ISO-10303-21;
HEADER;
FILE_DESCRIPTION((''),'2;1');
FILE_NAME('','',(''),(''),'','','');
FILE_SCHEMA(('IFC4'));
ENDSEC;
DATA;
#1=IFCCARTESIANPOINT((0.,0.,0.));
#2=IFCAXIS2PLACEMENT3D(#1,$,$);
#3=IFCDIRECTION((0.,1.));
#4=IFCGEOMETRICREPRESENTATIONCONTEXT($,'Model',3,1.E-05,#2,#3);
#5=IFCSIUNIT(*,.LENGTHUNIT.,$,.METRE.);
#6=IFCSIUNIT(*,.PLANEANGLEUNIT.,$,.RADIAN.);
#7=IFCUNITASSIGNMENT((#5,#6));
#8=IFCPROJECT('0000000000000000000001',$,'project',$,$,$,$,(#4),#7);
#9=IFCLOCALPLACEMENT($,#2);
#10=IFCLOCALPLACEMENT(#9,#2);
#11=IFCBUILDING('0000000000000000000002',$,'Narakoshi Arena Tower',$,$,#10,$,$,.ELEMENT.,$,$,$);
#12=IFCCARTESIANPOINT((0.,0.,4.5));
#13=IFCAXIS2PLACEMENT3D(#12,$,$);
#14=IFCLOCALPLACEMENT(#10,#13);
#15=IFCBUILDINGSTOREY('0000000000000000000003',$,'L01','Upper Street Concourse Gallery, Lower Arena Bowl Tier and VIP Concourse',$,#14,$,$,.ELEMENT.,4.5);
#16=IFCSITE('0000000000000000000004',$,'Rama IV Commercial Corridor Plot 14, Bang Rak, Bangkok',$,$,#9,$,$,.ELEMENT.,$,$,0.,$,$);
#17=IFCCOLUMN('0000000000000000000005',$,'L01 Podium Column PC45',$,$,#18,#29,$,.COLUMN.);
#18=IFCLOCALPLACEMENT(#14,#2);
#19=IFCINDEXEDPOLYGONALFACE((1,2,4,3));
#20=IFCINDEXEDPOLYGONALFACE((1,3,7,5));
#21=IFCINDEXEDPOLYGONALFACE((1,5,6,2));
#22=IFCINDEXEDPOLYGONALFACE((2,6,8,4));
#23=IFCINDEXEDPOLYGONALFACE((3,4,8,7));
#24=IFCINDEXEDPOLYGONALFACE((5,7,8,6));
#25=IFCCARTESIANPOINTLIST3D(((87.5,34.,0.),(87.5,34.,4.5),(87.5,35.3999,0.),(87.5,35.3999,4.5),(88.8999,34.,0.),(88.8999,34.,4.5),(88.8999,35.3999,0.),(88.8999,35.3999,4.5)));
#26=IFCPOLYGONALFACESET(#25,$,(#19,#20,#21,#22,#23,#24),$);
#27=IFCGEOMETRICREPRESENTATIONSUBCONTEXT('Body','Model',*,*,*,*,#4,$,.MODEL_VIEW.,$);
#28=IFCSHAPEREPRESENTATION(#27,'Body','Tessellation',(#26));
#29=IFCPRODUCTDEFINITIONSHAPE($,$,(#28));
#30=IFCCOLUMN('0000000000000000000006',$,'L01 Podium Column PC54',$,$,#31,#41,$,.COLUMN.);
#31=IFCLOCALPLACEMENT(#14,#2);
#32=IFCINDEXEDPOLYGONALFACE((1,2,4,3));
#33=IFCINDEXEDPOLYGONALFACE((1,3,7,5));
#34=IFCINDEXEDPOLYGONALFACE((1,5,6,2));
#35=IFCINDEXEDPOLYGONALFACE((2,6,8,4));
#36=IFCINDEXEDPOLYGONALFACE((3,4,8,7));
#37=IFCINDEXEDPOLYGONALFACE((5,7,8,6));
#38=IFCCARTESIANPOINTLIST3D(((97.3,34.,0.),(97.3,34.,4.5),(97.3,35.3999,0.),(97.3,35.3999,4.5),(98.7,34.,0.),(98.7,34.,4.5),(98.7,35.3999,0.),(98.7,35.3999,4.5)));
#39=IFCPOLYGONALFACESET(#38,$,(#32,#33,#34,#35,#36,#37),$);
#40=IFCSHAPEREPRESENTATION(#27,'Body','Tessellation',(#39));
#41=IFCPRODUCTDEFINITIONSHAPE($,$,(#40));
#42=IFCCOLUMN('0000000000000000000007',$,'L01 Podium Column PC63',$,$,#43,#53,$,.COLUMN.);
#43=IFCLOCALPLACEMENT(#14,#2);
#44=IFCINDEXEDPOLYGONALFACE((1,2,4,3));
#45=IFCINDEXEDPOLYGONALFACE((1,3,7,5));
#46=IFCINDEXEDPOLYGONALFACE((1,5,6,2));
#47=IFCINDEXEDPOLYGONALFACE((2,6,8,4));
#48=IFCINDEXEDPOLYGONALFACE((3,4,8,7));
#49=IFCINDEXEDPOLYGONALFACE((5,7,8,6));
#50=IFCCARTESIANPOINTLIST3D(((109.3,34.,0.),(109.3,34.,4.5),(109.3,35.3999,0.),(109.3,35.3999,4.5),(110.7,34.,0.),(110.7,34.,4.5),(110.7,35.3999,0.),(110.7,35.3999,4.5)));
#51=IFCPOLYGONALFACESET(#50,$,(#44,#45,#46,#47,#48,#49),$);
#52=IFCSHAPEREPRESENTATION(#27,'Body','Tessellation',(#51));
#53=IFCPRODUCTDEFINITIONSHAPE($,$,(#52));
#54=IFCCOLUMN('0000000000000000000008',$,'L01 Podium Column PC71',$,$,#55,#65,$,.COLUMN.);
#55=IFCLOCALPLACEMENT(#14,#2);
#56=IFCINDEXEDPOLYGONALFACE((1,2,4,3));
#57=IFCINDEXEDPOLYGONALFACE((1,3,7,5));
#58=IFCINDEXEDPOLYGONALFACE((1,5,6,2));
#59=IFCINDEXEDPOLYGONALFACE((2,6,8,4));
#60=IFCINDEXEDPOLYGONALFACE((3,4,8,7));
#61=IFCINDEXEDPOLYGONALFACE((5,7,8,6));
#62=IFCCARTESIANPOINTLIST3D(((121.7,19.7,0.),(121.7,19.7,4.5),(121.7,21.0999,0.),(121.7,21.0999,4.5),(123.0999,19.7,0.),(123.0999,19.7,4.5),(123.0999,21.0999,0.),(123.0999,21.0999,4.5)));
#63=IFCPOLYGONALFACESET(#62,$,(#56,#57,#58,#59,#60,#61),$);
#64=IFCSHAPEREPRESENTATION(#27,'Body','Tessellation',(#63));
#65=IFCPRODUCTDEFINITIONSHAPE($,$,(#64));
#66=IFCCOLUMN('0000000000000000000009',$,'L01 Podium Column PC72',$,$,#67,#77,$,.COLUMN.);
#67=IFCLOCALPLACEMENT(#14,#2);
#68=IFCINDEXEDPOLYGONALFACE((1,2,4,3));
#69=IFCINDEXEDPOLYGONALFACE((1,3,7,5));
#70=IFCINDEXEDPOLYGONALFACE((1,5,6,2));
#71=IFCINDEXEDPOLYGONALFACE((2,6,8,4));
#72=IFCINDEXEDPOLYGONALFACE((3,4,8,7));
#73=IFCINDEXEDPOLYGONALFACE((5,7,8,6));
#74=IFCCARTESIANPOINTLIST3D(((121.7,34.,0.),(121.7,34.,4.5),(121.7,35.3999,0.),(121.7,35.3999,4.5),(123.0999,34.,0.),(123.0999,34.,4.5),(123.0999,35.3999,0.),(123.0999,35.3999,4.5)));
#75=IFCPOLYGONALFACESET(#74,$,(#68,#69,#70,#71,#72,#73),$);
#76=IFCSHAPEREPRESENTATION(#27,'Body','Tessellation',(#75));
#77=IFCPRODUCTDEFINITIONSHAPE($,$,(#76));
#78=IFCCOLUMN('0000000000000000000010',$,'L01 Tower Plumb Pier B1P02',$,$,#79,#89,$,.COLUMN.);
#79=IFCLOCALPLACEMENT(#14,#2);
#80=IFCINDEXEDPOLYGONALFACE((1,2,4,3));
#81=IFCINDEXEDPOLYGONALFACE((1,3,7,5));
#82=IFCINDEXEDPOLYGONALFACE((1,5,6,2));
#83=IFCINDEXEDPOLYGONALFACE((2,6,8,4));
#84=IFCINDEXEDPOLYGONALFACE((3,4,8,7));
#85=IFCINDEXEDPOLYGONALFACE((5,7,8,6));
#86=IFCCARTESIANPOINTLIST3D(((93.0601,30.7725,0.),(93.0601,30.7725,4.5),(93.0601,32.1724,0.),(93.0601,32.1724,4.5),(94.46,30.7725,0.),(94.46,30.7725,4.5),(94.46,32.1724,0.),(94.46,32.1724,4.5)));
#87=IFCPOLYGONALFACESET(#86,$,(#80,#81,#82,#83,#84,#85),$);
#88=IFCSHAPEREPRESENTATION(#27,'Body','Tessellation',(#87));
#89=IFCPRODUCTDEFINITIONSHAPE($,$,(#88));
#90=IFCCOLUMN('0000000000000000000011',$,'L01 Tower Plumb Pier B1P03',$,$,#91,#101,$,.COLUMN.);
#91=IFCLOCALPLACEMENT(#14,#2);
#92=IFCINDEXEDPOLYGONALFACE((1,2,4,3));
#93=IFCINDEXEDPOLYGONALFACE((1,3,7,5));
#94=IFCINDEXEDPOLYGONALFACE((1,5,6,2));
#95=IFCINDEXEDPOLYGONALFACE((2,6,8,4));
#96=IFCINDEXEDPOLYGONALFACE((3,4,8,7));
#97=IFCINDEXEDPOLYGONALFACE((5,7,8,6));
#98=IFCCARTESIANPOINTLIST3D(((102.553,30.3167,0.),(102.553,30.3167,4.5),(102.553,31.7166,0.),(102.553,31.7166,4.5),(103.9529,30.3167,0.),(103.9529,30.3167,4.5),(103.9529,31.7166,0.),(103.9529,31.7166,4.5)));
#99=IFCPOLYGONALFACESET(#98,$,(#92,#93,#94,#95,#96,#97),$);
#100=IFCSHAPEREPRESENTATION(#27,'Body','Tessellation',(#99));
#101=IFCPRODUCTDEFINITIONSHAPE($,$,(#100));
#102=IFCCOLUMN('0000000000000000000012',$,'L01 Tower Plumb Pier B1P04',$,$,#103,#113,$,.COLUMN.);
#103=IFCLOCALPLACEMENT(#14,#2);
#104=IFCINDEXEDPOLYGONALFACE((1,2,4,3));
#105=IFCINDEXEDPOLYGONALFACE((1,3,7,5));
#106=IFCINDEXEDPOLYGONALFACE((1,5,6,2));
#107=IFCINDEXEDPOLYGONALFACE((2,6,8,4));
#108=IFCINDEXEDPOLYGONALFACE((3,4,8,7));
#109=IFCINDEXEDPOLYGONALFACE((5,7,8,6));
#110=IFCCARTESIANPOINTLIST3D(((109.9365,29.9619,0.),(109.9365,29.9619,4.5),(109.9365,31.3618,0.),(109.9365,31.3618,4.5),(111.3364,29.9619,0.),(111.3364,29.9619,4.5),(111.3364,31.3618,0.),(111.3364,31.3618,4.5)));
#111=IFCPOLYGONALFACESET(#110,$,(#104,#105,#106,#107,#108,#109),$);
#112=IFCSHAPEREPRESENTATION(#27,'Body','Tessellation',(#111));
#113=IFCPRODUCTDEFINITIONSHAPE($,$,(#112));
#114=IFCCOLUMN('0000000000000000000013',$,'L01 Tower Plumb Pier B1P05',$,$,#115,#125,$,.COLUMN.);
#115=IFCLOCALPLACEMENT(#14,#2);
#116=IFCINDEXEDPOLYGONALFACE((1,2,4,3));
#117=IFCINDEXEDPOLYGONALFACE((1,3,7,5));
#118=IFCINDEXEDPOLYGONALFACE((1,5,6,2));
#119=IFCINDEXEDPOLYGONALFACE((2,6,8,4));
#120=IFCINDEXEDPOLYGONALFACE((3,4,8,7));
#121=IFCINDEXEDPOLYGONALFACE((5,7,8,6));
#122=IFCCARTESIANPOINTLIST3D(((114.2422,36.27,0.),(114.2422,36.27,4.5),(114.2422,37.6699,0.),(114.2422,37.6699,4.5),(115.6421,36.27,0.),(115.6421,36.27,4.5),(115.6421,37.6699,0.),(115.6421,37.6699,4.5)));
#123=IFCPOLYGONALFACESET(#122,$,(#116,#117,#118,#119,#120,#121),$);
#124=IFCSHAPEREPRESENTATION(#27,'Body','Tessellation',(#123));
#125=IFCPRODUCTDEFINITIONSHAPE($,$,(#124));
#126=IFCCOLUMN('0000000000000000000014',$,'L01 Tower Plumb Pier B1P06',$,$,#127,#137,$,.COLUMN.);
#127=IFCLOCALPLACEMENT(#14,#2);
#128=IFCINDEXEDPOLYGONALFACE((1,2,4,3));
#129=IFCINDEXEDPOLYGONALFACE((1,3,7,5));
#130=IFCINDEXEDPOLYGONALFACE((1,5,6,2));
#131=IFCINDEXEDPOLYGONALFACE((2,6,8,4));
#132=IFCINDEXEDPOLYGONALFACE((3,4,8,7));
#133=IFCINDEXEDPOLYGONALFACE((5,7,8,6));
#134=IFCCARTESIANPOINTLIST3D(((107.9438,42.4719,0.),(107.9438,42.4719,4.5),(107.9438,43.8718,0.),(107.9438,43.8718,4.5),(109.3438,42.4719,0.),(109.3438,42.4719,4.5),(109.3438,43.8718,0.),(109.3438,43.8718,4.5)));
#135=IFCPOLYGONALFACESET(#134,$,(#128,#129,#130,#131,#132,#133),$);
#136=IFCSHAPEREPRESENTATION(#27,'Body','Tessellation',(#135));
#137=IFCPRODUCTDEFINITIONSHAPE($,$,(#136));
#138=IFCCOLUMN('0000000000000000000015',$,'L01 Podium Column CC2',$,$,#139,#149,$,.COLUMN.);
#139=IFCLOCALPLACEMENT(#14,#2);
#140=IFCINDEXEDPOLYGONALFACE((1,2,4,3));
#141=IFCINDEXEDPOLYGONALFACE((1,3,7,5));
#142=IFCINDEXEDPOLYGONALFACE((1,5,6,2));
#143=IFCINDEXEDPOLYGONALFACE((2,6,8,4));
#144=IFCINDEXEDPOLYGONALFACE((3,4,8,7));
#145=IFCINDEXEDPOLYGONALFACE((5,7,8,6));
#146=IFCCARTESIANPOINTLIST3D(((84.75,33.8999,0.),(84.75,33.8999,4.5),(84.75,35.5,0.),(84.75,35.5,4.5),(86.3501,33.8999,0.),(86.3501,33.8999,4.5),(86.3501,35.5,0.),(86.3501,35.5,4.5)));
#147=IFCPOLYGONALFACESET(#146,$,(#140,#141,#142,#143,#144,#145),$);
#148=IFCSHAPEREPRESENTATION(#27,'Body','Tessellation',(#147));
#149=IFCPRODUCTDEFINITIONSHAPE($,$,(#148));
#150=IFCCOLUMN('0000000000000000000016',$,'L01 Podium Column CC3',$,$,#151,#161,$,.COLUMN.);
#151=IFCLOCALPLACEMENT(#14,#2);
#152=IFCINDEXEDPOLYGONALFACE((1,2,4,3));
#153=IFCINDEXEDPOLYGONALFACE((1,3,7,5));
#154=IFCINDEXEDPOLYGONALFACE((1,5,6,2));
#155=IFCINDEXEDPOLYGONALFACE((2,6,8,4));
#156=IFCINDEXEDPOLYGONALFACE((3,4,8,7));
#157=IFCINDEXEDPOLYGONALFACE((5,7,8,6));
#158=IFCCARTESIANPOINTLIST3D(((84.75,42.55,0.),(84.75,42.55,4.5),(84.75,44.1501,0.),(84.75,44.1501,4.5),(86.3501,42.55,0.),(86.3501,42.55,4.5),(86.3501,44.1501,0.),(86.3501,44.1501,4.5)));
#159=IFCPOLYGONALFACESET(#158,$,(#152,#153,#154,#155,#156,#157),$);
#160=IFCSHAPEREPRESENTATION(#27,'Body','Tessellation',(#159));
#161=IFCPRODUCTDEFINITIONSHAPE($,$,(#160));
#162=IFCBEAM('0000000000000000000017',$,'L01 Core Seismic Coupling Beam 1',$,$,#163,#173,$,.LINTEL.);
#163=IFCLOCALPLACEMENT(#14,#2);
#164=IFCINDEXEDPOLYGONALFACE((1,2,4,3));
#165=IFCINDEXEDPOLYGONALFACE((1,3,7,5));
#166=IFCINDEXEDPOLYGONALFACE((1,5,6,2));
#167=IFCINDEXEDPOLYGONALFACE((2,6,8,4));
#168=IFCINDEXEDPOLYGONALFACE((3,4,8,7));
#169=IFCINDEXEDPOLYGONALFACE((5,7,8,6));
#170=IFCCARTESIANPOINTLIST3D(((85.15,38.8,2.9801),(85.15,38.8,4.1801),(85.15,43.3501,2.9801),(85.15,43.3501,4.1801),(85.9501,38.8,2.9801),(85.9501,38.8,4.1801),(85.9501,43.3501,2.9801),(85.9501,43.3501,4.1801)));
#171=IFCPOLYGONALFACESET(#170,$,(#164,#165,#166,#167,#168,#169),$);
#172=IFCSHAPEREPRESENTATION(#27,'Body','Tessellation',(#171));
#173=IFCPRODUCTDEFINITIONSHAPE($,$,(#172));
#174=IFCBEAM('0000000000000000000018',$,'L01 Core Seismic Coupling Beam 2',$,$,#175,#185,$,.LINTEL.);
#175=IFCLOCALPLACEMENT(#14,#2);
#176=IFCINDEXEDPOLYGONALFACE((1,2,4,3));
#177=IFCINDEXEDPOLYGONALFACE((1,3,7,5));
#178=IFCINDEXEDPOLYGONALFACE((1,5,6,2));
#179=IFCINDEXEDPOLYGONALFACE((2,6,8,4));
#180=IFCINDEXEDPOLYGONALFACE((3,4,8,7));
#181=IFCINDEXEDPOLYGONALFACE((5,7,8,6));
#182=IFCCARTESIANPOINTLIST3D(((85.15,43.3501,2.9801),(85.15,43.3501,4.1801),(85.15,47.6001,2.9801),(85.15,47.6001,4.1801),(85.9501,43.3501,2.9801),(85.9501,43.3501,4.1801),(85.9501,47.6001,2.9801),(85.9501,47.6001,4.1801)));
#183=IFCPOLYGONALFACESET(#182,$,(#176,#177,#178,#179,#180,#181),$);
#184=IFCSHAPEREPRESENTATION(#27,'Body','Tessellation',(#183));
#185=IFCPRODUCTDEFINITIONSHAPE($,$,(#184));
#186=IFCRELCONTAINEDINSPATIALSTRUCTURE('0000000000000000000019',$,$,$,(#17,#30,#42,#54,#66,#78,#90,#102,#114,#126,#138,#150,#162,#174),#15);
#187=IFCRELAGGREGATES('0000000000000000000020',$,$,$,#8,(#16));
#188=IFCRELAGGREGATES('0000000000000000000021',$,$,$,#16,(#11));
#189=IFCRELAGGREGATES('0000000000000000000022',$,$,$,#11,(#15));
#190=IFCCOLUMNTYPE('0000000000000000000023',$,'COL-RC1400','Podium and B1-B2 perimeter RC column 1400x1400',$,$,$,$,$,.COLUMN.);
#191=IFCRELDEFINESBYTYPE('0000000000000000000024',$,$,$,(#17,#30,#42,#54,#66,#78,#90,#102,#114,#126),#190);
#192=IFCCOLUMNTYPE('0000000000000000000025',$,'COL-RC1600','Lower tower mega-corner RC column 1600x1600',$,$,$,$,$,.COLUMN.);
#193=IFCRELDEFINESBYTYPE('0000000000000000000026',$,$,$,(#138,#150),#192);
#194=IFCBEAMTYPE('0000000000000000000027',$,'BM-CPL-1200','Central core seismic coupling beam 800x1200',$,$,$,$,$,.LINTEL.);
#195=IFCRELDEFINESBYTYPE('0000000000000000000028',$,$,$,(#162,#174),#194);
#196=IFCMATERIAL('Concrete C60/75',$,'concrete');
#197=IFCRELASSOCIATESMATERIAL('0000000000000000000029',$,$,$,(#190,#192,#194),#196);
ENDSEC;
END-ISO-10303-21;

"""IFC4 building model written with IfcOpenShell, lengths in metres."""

from ifc_helpers import new_model, si_unit, direction, frame, origin, origin_2d, place, context, subcontext, project, spatial, rectangle, extrude, material, material_profile, profile_set, type_object, element, save


model = new_model("IFC4")

# Units and contexts
model_context = context("Model", 3, precision=1e-05, world=origin(), true_north=direction((0.0, 1.0)))
body_context = subcontext(model_context, "Body", "Model", "MODEL_VIEW")
ifc_project = project(units=[si_unit("LENGTHUNIT", "METRE"), si_unit("PLANEANGLEUNIT", "RADIAN")], contexts=[model_context])

# Site, building, storey
site_placement = place(None, origin())
site = spatial("IfcSite", under=ifc_project, at=site_placement, Name="Rama IV Commercial Corridor Plot 14, Bang Rak, Bangkok", CompositionType="ELEMENT", RefElevation=0.0)
building_placement = place(site_placement, origin())
building = spatial("IfcBuilding", under=site, at=building_placement, Name="Narakoshi Arena Tower", CompositionType="ELEMENT")
storey_placement = place(building_placement, frame((0.0, 0.0, 4.5)))
storey = spatial("IfcBuildingStorey", under=building, at=storey_placement, Name="L01", Description="Upper Street Concourse Gallery, Lower Arena Bowl Tier and VIP Concourse", CompositionType="ELEMENT", Elevation=4.5)

# Columns
ifc_material_1 = material(Name="Concrete C60/75", Category="concrete")
ifc_material_profile_1 = material_profile(ifc_material_1, rectangle(XDim=1.3999, YDim=1.3999, at=origin_2d()), Name="RC1400x1400")
ifc_profile_set_1 = profile_set([ifc_material_profile_1], Name="Concrete C60/75")
column_type_1 = type_object("IfcColumnType", Name="COL-RC1400", Description="Podium and B1-B2 perimeter RC column 1400x1400", PredefinedType="COLUMN", material=ifc_profile_set_1)
for number, where, z_axis, x_axis, name in (
    (1, (88.2, 34.7, 0.0), (0.0, 0.0, 1.0), (1.0, 0.0, 0.0), "L01 Podium Column PC45"),
    (2, (98.0, 34.7, 0.0), (0.0, 0.0, 1.0), (1.0, 0.0, 0.0), "L01 Podium Column PC54"),
    (3, (110.0, 34.7, 0.0), (0.0, 0.0, 1.0), (1.0, 0.0, 0.0), "L01 Podium Column PC63"),
    (4, (122.3999, 20.3999, 0.0), (0.0, 0.0, 1.0), (1.0, 0.0, 0.0), "L01 Podium Column PC71"),
    (5, (122.3999, 34.7, 0.0), (0.0, 0.0, 1.0), (1.0, 0.0, 0.0), "L01 Podium Column PC72"),
    (6, (93.76, 31.4724, 0.0), (0.0, 0.0, 1.0), (1.0, 0.0, 0.0), "L01 Tower Plumb Pier B1P02"),
    (7, (103.2529, 31.0166, 0.0), (0.0, 0.0, 1.0), (1.0, 0.0, 0.0), "L01 Tower Plumb Pier B1P03"),
    (8, (110.6365, 30.6619, 0.0), (0.0, 0.0, 1.0), (1.0, 0.0, 0.0), "L01 Tower Plumb Pier B1P04"),
    (9, (114.9421, 36.97, 0.0), (0.0, 0.0, 1.0), (1.0, 0.0, 0.0), "L01 Tower Plumb Pier B1P05"),
    (10, (108.6438, 43.1719, 0.0), (0.0, 0.0, 1.0), (1.0, 0.0, 0.0), "L01 Tower Plumb Pier B1P06"),
):
    element("IfcColumn", number, at=place(storey_placement, frame(where, z_axis=z_axis, x_axis=x_axis)), inside=storey, type_object=column_type_1, Name=name, PredefinedType="COLUMN", context=body_context, shape_type="SweptSolid", body=[
        extrude(rectangle(XDim=1.3999, YDim=1.3999, at=origin_2d()), origin(), (0.0, 0.0, 1.0), 4.5),
    ])
ifc_material_profile_2 = material_profile(ifc_material_1, rectangle(XDim=1.6001, YDim=1.6001, at=origin_2d()), Name="RC1600x1600")
ifc_profile_set_2 = profile_set([ifc_material_profile_2], Name="Concrete C60/75")
column_type_2 = type_object("IfcColumnType", Name="COL-RC1600", Description="Lower tower mega-corner RC column 1600x1600", PredefinedType="COLUMN", material=ifc_profile_set_2)
for number, where, z_axis, x_axis, name in (
    (11, (85.55, 34.7, 0.0), (0.0, 0.0, 1.0), (1.0, 0.0, 0.0), "L01 Podium Column CC2"),
    (12, (85.55, 43.3501, 0.0), (0.0, 0.0, 1.0), (1.0, 0.0, 0.0), "L01 Podium Column CC3"),
):
    element("IfcColumn", number, at=place(storey_placement, frame(where, z_axis=z_axis, x_axis=x_axis)), inside=storey, type_object=column_type_2, Name=name, PredefinedType="COLUMN", context=body_context, shape_type="SweptSolid", body=[
        extrude(rectangle(XDim=1.6001, YDim=1.6001, at=origin_2d()), origin(), (0.0, 0.0, 1.0), 4.5),
    ])

# Beams
ifc_material_profile_3 = material_profile(ifc_material_1, rectangle(XDim=0.8, YDim=1.2, at=origin_2d()), Name="RCB800x1200")
ifc_profile_set_3 = profile_set([ifc_material_profile_3], Name="Concrete C60/75")
beam_type_1 = type_object("IfcBeamType", Name="BM-CPL-1200", Description="Central core seismic coupling beam 800x1200", PredefinedType="LINTEL", material=ifc_profile_set_3)
beam_1_placement = place(storey_placement, frame((85.55, 38.8, 3.5801), z_axis=(0.0, 1.0, 0.0), x_axis=(-1.0, 0.0, 0.0)))
element("IfcBeam", 13, at=beam_1_placement, inside=storey, type_object=beam_type_1, Name="L01 Core Seismic Coupling Beam 1", PredefinedType="LINTEL", context=body_context, shape_type="SweptSolid", body=[
    extrude(rectangle(XDim=0.8, YDim=1.2, at=origin_2d()), origin(), (0.0, 0.0, 1.0), 4.55),
])
beam_2_placement = place(storey_placement, frame((85.55, 43.3501, 3.5801), z_axis=(0.0, 1.0, 0.0), x_axis=(-1.0, 0.0, 0.0)))
element("IfcBeam", 14, at=beam_2_placement, inside=storey, type_object=beam_type_1, Name="L01 Core Seismic Coupling Beam 2", PredefinedType="LINTEL", context=body_context, shape_type="SweptSolid", body=[
    extrude(rectangle(XDim=0.8, YDim=1.2, at=origin_2d()), origin(), (0.0, 0.0, 1.0), 4.25),
])

save(model, "model.ifc")
